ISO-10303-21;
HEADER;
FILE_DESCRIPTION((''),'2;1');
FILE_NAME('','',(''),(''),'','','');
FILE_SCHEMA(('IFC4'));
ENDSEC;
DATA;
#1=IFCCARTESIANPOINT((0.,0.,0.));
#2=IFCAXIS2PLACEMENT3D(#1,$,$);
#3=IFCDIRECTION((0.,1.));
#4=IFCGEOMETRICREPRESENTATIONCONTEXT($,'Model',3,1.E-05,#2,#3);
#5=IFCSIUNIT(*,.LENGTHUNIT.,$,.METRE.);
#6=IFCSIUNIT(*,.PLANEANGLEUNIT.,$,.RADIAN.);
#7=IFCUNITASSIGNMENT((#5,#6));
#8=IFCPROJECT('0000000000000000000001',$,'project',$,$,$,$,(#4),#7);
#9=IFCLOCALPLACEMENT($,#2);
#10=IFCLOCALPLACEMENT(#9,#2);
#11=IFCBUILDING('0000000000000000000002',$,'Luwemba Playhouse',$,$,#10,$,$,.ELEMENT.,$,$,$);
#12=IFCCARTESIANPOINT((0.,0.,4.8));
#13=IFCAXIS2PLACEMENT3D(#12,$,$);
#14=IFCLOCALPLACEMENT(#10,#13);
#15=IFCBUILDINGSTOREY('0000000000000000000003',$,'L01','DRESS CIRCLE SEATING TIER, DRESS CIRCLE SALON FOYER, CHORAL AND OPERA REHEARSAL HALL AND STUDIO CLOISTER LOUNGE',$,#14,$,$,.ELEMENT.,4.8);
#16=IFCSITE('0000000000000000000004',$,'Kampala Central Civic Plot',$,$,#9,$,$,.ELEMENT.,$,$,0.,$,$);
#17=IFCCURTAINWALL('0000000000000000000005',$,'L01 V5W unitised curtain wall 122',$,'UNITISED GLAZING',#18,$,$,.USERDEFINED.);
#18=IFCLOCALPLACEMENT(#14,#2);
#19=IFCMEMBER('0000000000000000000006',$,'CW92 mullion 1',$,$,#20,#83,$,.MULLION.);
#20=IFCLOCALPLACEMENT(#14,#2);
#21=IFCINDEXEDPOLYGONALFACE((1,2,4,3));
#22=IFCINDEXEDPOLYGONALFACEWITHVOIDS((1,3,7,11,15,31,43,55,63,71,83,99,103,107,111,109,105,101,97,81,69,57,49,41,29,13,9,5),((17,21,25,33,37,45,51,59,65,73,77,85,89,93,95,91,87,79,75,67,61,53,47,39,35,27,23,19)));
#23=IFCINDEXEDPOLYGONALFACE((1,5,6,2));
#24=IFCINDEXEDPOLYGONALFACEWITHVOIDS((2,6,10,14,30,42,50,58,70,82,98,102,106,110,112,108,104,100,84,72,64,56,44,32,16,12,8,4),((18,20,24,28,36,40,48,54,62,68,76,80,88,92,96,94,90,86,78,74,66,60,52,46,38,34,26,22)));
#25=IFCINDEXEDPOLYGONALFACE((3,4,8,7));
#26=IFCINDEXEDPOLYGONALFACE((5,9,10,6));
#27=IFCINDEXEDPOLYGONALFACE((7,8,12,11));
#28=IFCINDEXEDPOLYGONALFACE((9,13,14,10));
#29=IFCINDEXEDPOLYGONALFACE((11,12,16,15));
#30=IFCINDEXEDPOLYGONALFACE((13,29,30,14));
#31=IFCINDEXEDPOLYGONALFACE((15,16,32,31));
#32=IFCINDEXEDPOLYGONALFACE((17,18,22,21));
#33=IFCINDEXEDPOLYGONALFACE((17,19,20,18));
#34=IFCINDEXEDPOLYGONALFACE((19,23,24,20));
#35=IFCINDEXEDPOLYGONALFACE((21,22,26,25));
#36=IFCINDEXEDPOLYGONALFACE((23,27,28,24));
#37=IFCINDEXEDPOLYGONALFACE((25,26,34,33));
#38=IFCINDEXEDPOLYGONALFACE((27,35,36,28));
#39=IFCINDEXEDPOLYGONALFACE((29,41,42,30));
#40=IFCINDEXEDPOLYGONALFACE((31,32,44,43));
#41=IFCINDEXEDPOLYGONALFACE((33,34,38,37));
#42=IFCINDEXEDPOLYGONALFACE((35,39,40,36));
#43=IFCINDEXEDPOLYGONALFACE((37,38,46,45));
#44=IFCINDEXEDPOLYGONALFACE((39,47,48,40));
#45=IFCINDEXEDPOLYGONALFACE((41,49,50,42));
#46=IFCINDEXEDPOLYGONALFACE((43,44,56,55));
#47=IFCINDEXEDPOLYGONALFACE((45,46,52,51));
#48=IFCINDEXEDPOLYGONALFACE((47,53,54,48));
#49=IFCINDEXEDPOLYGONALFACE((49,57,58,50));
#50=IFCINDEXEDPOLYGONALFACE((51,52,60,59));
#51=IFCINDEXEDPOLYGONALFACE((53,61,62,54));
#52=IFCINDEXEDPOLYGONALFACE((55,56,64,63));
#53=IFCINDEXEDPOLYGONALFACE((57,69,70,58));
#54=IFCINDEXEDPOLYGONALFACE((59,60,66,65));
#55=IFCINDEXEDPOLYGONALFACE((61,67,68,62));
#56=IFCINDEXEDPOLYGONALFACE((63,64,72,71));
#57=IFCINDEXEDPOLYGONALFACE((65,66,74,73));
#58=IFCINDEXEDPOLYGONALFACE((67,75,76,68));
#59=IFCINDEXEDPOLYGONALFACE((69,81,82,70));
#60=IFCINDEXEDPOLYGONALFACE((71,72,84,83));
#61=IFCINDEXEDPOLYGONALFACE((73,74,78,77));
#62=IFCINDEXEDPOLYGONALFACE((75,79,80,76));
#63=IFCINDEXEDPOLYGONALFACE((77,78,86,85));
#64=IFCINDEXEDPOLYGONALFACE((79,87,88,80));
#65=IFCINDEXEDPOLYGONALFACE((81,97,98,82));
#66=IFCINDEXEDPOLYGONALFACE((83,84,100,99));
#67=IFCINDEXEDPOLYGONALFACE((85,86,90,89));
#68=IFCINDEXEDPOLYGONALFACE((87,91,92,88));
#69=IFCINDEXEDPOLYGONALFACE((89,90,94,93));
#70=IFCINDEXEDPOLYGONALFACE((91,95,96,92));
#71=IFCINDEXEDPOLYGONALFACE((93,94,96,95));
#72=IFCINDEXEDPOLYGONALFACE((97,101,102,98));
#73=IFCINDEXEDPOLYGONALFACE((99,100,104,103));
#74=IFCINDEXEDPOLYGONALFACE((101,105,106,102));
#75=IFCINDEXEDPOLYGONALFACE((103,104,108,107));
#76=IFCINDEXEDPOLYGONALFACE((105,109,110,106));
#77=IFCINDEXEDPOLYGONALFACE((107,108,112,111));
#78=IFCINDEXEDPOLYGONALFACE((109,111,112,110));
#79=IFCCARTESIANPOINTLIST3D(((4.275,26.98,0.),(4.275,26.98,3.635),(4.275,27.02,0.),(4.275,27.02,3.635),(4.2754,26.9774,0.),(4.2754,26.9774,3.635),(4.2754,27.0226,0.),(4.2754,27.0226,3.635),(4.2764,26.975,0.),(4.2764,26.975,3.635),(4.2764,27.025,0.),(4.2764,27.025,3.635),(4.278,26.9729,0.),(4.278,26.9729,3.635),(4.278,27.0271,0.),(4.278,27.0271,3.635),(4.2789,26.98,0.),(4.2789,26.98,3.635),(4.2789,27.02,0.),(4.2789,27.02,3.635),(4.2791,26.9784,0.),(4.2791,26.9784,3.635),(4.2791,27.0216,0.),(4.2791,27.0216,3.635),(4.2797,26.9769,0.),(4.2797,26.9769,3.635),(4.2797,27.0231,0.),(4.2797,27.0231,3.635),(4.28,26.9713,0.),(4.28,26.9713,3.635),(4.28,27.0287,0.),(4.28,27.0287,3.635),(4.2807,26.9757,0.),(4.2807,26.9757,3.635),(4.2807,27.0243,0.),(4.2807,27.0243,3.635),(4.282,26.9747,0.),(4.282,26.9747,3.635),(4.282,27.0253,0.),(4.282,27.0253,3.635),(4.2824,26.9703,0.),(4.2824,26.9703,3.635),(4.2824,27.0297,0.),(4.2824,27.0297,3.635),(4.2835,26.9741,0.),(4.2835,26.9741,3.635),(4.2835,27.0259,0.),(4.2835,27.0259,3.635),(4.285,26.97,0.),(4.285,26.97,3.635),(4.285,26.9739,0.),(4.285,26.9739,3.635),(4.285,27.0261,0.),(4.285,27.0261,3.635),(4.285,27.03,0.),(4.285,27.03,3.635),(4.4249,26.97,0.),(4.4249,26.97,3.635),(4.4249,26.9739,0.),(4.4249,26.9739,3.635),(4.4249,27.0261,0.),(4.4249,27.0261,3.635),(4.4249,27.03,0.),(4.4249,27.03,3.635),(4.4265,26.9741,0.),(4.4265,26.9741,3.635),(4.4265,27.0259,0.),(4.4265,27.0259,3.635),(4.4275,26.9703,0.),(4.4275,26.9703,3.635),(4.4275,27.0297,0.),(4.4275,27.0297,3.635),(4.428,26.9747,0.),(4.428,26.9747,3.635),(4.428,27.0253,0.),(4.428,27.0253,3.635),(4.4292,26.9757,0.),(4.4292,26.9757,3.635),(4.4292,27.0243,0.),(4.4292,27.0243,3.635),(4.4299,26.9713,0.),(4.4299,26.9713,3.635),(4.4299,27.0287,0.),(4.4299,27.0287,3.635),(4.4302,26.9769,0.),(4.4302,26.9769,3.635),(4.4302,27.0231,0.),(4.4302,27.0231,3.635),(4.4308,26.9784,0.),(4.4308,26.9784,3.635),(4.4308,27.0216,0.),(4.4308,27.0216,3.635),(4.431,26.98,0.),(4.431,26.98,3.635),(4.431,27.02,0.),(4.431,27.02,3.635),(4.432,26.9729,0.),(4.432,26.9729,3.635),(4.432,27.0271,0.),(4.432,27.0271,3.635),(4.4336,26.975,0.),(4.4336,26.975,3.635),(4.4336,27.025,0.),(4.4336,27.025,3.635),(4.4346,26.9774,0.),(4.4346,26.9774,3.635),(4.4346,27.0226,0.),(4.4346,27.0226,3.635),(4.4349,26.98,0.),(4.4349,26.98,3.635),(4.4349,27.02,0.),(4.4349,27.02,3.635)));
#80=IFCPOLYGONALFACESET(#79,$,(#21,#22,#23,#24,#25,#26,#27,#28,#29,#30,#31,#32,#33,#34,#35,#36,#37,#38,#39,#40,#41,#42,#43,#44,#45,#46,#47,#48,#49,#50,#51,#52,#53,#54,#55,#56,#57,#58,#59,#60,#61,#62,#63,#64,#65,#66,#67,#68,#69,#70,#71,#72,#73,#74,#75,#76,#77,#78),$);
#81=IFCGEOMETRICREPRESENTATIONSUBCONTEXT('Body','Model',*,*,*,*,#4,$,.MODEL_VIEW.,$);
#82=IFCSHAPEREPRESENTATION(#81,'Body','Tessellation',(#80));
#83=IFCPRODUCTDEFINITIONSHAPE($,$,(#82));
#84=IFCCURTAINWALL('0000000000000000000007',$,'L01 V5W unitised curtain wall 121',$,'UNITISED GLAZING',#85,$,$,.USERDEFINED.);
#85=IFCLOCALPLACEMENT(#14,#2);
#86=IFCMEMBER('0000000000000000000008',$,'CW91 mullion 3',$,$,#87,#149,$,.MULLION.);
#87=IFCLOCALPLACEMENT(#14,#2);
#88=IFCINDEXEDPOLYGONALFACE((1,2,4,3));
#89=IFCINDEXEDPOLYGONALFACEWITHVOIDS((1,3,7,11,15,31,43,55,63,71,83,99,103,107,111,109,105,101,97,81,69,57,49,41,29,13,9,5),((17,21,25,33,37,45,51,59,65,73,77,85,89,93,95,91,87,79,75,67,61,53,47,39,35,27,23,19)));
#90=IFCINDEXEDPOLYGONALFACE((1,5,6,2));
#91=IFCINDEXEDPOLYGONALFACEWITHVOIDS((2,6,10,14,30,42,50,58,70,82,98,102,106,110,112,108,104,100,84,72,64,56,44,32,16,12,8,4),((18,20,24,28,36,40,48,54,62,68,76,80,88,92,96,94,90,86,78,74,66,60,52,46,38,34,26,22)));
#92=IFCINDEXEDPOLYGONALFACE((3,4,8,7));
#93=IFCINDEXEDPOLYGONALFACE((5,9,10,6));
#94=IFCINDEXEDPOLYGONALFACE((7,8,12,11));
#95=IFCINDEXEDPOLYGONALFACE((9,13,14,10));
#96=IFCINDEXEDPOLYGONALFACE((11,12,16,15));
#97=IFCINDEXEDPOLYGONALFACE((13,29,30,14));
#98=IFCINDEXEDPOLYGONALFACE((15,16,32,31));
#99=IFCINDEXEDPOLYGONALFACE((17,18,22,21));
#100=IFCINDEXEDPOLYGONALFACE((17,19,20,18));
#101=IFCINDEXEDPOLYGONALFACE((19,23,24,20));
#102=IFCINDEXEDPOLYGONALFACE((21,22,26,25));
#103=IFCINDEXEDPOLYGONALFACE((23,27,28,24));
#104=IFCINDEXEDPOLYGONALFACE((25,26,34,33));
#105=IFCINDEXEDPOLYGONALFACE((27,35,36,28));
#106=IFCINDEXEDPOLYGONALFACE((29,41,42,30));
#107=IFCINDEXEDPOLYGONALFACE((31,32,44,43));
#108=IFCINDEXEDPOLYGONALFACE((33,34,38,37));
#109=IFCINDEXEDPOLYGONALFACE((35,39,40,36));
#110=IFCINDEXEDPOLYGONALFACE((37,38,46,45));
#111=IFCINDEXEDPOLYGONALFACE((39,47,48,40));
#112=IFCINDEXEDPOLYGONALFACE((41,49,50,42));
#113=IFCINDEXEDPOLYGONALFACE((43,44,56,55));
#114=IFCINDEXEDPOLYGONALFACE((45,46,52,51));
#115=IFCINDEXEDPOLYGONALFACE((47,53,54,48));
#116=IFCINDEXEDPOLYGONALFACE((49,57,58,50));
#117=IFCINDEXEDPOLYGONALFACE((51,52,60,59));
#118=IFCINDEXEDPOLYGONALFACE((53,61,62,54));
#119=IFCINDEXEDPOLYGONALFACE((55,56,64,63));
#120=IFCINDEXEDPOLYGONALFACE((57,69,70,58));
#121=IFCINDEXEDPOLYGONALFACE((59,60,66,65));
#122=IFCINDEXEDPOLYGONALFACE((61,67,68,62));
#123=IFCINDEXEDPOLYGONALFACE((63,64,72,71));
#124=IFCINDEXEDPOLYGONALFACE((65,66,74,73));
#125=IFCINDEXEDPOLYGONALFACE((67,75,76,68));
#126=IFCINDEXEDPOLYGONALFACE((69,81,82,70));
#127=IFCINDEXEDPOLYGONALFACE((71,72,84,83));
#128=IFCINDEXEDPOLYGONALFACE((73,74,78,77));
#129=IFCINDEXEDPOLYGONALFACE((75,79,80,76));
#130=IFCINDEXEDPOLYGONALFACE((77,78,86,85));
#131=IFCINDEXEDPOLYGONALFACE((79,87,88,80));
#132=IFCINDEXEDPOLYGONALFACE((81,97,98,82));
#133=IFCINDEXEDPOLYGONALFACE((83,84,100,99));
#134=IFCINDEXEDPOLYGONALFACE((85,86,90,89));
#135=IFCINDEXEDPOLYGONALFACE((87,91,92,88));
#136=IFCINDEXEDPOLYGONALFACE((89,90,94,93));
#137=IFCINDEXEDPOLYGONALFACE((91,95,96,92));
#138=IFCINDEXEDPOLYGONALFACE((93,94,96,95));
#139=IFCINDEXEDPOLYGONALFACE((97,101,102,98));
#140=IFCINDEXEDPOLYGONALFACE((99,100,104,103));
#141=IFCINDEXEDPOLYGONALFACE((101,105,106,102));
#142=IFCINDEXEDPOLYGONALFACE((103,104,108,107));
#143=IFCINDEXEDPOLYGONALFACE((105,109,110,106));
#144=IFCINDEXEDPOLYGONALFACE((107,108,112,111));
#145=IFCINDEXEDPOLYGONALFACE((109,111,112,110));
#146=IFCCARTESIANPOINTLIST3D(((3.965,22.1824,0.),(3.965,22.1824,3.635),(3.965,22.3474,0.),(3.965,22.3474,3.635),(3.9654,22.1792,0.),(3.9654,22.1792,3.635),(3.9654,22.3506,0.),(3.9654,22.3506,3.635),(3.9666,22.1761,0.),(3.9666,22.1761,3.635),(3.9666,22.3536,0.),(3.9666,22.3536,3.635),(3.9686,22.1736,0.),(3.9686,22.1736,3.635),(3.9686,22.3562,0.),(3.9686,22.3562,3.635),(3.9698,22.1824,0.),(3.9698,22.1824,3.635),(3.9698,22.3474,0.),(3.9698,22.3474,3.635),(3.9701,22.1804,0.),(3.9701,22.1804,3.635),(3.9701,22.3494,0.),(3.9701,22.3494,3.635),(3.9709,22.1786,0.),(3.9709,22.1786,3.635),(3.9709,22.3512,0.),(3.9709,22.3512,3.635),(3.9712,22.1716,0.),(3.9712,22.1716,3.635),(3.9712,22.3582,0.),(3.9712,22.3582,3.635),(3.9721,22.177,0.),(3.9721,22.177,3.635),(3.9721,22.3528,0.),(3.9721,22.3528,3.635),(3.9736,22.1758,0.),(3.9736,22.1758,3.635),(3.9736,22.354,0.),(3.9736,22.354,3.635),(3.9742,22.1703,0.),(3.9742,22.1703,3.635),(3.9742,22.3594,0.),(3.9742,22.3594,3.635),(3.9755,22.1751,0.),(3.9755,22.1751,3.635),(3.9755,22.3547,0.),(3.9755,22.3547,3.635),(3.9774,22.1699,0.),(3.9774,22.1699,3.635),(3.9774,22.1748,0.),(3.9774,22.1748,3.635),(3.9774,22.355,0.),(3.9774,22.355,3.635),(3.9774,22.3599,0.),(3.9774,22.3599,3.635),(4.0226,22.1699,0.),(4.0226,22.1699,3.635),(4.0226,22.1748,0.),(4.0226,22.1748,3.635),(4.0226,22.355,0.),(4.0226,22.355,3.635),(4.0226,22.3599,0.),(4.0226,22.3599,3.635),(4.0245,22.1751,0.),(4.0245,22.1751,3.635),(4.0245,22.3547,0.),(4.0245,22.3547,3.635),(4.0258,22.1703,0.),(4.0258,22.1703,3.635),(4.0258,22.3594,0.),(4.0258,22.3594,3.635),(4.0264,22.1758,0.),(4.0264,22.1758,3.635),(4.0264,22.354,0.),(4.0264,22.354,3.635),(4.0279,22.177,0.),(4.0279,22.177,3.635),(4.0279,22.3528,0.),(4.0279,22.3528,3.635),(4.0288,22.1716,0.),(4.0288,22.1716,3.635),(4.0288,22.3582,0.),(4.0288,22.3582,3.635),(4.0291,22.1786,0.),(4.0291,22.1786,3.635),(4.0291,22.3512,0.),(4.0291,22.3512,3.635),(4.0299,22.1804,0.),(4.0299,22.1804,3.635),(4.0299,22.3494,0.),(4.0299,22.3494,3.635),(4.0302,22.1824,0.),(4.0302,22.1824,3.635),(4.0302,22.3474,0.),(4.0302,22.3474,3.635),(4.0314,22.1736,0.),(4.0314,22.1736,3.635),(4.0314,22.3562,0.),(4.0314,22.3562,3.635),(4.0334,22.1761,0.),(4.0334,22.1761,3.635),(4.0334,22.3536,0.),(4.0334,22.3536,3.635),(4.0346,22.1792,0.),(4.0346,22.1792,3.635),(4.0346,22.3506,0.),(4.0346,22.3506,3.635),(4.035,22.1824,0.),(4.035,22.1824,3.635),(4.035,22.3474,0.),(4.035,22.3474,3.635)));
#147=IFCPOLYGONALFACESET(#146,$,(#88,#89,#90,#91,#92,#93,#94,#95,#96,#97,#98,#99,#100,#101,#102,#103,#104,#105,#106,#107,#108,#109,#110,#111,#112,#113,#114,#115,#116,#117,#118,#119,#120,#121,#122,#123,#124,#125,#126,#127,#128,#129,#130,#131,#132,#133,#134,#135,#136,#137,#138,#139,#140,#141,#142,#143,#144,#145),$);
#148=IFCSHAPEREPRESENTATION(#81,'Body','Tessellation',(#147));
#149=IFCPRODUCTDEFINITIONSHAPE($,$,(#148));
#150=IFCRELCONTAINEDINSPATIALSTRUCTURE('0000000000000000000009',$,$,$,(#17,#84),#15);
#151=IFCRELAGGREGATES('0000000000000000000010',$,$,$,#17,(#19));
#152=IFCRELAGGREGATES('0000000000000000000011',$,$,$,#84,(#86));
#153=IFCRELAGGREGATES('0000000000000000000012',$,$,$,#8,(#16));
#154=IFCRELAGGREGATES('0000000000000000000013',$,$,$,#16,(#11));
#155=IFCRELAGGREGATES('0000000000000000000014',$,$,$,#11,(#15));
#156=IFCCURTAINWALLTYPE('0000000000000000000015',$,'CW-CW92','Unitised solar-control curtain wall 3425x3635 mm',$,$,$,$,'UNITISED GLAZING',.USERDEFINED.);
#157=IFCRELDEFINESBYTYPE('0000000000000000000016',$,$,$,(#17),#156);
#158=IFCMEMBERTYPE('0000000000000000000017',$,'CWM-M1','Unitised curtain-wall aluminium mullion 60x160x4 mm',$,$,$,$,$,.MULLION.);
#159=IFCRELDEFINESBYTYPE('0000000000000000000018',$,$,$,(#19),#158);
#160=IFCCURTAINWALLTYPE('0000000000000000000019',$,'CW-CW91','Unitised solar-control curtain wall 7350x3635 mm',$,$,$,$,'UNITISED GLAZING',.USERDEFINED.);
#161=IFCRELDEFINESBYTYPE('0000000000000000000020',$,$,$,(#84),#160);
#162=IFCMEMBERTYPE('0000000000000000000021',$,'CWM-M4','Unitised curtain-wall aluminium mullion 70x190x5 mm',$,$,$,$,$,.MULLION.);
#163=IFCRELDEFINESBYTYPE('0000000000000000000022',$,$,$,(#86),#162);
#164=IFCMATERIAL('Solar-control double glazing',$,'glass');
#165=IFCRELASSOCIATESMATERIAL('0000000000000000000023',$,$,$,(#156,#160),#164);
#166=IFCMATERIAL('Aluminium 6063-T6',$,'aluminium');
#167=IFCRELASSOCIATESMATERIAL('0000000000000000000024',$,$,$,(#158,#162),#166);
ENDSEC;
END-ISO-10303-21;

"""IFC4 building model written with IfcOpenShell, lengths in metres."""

from ifc_helpers import new_model, si_unit, direction, frame, origin, origin_2d, place, context, subcontext, project, spatial, hollow_rectangle, extrude, material, material_profile, profile_set, type_object, element, aggregate, save


model = new_model("IFC4")

# Units and contexts
model_context = context("Model", 3, precision=1e-05, world=origin(), true_north=direction((0.0, 1.0)))
body_context = subcontext(model_context, "Body", "Model", "MODEL_VIEW")
ifc_project = project(units=[si_unit("LENGTHUNIT", "METRE"), si_unit("PLANEANGLEUNIT", "RADIAN")], contexts=[model_context])

# Site, building, storey
site_placement = place(None, origin())
site = spatial("IfcSite", under=ifc_project, at=site_placement, Name="Kampala Central Civic Plot", CompositionType="ELEMENT", RefElevation=0.0)
building_placement = place(site_placement, origin())
building = spatial("IfcBuilding", under=site, at=building_placement, Name="Luwemba Playhouse", CompositionType="ELEMENT")
storey_placement = place(building_placement, frame((0.0, 0.0, 4.8)))
storey = spatial("IfcBuildingStorey", under=building, at=storey_placement, Name="L01", Description="DRESS CIRCLE SEATING TIER, DRESS CIRCLE SALON FOYER, CHORAL AND OPERA REHEARSAL HALL AND STUDIO CLOISTER LOUNGE", CompositionType="ELEMENT", Elevation=4.8)

# Curtain wall, member
ifc_material_1 = material(Name="Solar-control double glazing", Category="glass")
curtain_wall_type_1 = type_object("IfcCurtainWallType", Name="CW-CW92", Description="Unitised solar-control curtain wall 3425x3635 mm", ElementType="UNITISED GLAZING", PredefinedType="USERDEFINED", material=ifc_material_1)
curtain_wall_1_placement = place(storey_placement, origin())
curtain_wall_1 = element("IfcCurtainWall", 1, at=curtain_wall_1_placement, inside=storey, type_object=curtain_wall_type_1, Name="L01 V5W unitised curtain wall 122", ObjectType="UNITISED GLAZING", PredefinedType="USERDEFINED")
ifc_material_2 = material(Name="Aluminium 6063-T6", Category="aluminium")
ifc_material_profile_1 = material_profile(ifc_material_2, hollow_rectangle(XDim=0.0601, YDim=0.1599, WallThickness=0.0039, InnerFilletRadius=0.0061, OuterFilletRadius=0.01, at=origin_2d()))
ifc_profile_set_1 = profile_set([ifc_material_profile_1], Name="Aluminium 6063-T6")
member_type_1 = type_object("IfcMemberType", Name="CWM-M1", Description="Unitised curtain-wall aluminium mullion 60x160x4 mm", PredefinedType="MULLION", material=ifc_profile_set_1)
member_1_placement = place(storey_placement, frame((4.355, 27.0, 0.0), z_axis=(0.0, 0.0, 1.0), x_axis=(0.0, 1.0, 0.0)))
member_1 = element("IfcMember", 2, at=member_1_placement, type_object=member_type_1, Name="CW92 mullion 1", PredefinedType="MULLION", context=body_context, shape_type="SweptSolid", body=[
    extrude(hollow_rectangle(XDim=0.0601, YDim=0.1599, WallThickness=0.0039, InnerFilletRadius=0.0061, OuterFilletRadius=0.01, at=origin_2d()), origin(), (0.0, 0.0, 1.0), 3.635),
])

# Curtain wall, member
curtain_wall_type_2 = type_object("IfcCurtainWallType", Name="CW-CW91", Description="Unitised solar-control curtain wall 7350x3635 mm", ElementType="UNITISED GLAZING", PredefinedType="USERDEFINED", material=ifc_material_1)
curtain_wall_2_placement = place(storey_placement, origin())
curtain_wall_2 = element("IfcCurtainWall", 3, at=curtain_wall_2_placement, inside=storey, type_object=curtain_wall_type_2, Name="L01 V5W unitised curtain wall 121", ObjectType="UNITISED GLAZING", PredefinedType="USERDEFINED")
ifc_material_profile_2 = material_profile(ifc_material_2, hollow_rectangle(XDim=0.0701, YDim=0.1899, WallThickness=0.0049, InnerFilletRadius=0.0076, OuterFilletRadius=0.0125, at=origin_2d()))
ifc_profile_set_2 = profile_set([ifc_material_profile_2], Name="Aluminium 6063-T6")
member_type_2 = type_object("IfcMemberType", Name="CWM-M4", Description="Unitised curtain-wall aluminium mullion 70x190x5 mm", PredefinedType="MULLION", material=ifc_profile_set_2)
member_2_placement = place(storey_placement, frame((4.0, 22.2649, 0.0), z_axis=(0.0, 0.0, 1.0), x_axis=(-1.0, 0.0, 0.0)))
member_2 = element("IfcMember", 4, at=member_2_placement, type_object=member_type_2, Name="CW91 mullion 3", PredefinedType="MULLION", context=body_context, shape_type="SweptSolid", body=[
    extrude(hollow_rectangle(XDim=0.0701, YDim=0.1899, WallThickness=0.0049, InnerFilletRadius=0.0076, OuterFilletRadius=0.0125, at=origin_2d()), origin(), (0.0, 0.0, 1.0), 3.635),
])

aggregate(curtain_wall_1, [member_1])

aggregate(curtain_wall_2, [member_2])

save(model, "model.ifc")
